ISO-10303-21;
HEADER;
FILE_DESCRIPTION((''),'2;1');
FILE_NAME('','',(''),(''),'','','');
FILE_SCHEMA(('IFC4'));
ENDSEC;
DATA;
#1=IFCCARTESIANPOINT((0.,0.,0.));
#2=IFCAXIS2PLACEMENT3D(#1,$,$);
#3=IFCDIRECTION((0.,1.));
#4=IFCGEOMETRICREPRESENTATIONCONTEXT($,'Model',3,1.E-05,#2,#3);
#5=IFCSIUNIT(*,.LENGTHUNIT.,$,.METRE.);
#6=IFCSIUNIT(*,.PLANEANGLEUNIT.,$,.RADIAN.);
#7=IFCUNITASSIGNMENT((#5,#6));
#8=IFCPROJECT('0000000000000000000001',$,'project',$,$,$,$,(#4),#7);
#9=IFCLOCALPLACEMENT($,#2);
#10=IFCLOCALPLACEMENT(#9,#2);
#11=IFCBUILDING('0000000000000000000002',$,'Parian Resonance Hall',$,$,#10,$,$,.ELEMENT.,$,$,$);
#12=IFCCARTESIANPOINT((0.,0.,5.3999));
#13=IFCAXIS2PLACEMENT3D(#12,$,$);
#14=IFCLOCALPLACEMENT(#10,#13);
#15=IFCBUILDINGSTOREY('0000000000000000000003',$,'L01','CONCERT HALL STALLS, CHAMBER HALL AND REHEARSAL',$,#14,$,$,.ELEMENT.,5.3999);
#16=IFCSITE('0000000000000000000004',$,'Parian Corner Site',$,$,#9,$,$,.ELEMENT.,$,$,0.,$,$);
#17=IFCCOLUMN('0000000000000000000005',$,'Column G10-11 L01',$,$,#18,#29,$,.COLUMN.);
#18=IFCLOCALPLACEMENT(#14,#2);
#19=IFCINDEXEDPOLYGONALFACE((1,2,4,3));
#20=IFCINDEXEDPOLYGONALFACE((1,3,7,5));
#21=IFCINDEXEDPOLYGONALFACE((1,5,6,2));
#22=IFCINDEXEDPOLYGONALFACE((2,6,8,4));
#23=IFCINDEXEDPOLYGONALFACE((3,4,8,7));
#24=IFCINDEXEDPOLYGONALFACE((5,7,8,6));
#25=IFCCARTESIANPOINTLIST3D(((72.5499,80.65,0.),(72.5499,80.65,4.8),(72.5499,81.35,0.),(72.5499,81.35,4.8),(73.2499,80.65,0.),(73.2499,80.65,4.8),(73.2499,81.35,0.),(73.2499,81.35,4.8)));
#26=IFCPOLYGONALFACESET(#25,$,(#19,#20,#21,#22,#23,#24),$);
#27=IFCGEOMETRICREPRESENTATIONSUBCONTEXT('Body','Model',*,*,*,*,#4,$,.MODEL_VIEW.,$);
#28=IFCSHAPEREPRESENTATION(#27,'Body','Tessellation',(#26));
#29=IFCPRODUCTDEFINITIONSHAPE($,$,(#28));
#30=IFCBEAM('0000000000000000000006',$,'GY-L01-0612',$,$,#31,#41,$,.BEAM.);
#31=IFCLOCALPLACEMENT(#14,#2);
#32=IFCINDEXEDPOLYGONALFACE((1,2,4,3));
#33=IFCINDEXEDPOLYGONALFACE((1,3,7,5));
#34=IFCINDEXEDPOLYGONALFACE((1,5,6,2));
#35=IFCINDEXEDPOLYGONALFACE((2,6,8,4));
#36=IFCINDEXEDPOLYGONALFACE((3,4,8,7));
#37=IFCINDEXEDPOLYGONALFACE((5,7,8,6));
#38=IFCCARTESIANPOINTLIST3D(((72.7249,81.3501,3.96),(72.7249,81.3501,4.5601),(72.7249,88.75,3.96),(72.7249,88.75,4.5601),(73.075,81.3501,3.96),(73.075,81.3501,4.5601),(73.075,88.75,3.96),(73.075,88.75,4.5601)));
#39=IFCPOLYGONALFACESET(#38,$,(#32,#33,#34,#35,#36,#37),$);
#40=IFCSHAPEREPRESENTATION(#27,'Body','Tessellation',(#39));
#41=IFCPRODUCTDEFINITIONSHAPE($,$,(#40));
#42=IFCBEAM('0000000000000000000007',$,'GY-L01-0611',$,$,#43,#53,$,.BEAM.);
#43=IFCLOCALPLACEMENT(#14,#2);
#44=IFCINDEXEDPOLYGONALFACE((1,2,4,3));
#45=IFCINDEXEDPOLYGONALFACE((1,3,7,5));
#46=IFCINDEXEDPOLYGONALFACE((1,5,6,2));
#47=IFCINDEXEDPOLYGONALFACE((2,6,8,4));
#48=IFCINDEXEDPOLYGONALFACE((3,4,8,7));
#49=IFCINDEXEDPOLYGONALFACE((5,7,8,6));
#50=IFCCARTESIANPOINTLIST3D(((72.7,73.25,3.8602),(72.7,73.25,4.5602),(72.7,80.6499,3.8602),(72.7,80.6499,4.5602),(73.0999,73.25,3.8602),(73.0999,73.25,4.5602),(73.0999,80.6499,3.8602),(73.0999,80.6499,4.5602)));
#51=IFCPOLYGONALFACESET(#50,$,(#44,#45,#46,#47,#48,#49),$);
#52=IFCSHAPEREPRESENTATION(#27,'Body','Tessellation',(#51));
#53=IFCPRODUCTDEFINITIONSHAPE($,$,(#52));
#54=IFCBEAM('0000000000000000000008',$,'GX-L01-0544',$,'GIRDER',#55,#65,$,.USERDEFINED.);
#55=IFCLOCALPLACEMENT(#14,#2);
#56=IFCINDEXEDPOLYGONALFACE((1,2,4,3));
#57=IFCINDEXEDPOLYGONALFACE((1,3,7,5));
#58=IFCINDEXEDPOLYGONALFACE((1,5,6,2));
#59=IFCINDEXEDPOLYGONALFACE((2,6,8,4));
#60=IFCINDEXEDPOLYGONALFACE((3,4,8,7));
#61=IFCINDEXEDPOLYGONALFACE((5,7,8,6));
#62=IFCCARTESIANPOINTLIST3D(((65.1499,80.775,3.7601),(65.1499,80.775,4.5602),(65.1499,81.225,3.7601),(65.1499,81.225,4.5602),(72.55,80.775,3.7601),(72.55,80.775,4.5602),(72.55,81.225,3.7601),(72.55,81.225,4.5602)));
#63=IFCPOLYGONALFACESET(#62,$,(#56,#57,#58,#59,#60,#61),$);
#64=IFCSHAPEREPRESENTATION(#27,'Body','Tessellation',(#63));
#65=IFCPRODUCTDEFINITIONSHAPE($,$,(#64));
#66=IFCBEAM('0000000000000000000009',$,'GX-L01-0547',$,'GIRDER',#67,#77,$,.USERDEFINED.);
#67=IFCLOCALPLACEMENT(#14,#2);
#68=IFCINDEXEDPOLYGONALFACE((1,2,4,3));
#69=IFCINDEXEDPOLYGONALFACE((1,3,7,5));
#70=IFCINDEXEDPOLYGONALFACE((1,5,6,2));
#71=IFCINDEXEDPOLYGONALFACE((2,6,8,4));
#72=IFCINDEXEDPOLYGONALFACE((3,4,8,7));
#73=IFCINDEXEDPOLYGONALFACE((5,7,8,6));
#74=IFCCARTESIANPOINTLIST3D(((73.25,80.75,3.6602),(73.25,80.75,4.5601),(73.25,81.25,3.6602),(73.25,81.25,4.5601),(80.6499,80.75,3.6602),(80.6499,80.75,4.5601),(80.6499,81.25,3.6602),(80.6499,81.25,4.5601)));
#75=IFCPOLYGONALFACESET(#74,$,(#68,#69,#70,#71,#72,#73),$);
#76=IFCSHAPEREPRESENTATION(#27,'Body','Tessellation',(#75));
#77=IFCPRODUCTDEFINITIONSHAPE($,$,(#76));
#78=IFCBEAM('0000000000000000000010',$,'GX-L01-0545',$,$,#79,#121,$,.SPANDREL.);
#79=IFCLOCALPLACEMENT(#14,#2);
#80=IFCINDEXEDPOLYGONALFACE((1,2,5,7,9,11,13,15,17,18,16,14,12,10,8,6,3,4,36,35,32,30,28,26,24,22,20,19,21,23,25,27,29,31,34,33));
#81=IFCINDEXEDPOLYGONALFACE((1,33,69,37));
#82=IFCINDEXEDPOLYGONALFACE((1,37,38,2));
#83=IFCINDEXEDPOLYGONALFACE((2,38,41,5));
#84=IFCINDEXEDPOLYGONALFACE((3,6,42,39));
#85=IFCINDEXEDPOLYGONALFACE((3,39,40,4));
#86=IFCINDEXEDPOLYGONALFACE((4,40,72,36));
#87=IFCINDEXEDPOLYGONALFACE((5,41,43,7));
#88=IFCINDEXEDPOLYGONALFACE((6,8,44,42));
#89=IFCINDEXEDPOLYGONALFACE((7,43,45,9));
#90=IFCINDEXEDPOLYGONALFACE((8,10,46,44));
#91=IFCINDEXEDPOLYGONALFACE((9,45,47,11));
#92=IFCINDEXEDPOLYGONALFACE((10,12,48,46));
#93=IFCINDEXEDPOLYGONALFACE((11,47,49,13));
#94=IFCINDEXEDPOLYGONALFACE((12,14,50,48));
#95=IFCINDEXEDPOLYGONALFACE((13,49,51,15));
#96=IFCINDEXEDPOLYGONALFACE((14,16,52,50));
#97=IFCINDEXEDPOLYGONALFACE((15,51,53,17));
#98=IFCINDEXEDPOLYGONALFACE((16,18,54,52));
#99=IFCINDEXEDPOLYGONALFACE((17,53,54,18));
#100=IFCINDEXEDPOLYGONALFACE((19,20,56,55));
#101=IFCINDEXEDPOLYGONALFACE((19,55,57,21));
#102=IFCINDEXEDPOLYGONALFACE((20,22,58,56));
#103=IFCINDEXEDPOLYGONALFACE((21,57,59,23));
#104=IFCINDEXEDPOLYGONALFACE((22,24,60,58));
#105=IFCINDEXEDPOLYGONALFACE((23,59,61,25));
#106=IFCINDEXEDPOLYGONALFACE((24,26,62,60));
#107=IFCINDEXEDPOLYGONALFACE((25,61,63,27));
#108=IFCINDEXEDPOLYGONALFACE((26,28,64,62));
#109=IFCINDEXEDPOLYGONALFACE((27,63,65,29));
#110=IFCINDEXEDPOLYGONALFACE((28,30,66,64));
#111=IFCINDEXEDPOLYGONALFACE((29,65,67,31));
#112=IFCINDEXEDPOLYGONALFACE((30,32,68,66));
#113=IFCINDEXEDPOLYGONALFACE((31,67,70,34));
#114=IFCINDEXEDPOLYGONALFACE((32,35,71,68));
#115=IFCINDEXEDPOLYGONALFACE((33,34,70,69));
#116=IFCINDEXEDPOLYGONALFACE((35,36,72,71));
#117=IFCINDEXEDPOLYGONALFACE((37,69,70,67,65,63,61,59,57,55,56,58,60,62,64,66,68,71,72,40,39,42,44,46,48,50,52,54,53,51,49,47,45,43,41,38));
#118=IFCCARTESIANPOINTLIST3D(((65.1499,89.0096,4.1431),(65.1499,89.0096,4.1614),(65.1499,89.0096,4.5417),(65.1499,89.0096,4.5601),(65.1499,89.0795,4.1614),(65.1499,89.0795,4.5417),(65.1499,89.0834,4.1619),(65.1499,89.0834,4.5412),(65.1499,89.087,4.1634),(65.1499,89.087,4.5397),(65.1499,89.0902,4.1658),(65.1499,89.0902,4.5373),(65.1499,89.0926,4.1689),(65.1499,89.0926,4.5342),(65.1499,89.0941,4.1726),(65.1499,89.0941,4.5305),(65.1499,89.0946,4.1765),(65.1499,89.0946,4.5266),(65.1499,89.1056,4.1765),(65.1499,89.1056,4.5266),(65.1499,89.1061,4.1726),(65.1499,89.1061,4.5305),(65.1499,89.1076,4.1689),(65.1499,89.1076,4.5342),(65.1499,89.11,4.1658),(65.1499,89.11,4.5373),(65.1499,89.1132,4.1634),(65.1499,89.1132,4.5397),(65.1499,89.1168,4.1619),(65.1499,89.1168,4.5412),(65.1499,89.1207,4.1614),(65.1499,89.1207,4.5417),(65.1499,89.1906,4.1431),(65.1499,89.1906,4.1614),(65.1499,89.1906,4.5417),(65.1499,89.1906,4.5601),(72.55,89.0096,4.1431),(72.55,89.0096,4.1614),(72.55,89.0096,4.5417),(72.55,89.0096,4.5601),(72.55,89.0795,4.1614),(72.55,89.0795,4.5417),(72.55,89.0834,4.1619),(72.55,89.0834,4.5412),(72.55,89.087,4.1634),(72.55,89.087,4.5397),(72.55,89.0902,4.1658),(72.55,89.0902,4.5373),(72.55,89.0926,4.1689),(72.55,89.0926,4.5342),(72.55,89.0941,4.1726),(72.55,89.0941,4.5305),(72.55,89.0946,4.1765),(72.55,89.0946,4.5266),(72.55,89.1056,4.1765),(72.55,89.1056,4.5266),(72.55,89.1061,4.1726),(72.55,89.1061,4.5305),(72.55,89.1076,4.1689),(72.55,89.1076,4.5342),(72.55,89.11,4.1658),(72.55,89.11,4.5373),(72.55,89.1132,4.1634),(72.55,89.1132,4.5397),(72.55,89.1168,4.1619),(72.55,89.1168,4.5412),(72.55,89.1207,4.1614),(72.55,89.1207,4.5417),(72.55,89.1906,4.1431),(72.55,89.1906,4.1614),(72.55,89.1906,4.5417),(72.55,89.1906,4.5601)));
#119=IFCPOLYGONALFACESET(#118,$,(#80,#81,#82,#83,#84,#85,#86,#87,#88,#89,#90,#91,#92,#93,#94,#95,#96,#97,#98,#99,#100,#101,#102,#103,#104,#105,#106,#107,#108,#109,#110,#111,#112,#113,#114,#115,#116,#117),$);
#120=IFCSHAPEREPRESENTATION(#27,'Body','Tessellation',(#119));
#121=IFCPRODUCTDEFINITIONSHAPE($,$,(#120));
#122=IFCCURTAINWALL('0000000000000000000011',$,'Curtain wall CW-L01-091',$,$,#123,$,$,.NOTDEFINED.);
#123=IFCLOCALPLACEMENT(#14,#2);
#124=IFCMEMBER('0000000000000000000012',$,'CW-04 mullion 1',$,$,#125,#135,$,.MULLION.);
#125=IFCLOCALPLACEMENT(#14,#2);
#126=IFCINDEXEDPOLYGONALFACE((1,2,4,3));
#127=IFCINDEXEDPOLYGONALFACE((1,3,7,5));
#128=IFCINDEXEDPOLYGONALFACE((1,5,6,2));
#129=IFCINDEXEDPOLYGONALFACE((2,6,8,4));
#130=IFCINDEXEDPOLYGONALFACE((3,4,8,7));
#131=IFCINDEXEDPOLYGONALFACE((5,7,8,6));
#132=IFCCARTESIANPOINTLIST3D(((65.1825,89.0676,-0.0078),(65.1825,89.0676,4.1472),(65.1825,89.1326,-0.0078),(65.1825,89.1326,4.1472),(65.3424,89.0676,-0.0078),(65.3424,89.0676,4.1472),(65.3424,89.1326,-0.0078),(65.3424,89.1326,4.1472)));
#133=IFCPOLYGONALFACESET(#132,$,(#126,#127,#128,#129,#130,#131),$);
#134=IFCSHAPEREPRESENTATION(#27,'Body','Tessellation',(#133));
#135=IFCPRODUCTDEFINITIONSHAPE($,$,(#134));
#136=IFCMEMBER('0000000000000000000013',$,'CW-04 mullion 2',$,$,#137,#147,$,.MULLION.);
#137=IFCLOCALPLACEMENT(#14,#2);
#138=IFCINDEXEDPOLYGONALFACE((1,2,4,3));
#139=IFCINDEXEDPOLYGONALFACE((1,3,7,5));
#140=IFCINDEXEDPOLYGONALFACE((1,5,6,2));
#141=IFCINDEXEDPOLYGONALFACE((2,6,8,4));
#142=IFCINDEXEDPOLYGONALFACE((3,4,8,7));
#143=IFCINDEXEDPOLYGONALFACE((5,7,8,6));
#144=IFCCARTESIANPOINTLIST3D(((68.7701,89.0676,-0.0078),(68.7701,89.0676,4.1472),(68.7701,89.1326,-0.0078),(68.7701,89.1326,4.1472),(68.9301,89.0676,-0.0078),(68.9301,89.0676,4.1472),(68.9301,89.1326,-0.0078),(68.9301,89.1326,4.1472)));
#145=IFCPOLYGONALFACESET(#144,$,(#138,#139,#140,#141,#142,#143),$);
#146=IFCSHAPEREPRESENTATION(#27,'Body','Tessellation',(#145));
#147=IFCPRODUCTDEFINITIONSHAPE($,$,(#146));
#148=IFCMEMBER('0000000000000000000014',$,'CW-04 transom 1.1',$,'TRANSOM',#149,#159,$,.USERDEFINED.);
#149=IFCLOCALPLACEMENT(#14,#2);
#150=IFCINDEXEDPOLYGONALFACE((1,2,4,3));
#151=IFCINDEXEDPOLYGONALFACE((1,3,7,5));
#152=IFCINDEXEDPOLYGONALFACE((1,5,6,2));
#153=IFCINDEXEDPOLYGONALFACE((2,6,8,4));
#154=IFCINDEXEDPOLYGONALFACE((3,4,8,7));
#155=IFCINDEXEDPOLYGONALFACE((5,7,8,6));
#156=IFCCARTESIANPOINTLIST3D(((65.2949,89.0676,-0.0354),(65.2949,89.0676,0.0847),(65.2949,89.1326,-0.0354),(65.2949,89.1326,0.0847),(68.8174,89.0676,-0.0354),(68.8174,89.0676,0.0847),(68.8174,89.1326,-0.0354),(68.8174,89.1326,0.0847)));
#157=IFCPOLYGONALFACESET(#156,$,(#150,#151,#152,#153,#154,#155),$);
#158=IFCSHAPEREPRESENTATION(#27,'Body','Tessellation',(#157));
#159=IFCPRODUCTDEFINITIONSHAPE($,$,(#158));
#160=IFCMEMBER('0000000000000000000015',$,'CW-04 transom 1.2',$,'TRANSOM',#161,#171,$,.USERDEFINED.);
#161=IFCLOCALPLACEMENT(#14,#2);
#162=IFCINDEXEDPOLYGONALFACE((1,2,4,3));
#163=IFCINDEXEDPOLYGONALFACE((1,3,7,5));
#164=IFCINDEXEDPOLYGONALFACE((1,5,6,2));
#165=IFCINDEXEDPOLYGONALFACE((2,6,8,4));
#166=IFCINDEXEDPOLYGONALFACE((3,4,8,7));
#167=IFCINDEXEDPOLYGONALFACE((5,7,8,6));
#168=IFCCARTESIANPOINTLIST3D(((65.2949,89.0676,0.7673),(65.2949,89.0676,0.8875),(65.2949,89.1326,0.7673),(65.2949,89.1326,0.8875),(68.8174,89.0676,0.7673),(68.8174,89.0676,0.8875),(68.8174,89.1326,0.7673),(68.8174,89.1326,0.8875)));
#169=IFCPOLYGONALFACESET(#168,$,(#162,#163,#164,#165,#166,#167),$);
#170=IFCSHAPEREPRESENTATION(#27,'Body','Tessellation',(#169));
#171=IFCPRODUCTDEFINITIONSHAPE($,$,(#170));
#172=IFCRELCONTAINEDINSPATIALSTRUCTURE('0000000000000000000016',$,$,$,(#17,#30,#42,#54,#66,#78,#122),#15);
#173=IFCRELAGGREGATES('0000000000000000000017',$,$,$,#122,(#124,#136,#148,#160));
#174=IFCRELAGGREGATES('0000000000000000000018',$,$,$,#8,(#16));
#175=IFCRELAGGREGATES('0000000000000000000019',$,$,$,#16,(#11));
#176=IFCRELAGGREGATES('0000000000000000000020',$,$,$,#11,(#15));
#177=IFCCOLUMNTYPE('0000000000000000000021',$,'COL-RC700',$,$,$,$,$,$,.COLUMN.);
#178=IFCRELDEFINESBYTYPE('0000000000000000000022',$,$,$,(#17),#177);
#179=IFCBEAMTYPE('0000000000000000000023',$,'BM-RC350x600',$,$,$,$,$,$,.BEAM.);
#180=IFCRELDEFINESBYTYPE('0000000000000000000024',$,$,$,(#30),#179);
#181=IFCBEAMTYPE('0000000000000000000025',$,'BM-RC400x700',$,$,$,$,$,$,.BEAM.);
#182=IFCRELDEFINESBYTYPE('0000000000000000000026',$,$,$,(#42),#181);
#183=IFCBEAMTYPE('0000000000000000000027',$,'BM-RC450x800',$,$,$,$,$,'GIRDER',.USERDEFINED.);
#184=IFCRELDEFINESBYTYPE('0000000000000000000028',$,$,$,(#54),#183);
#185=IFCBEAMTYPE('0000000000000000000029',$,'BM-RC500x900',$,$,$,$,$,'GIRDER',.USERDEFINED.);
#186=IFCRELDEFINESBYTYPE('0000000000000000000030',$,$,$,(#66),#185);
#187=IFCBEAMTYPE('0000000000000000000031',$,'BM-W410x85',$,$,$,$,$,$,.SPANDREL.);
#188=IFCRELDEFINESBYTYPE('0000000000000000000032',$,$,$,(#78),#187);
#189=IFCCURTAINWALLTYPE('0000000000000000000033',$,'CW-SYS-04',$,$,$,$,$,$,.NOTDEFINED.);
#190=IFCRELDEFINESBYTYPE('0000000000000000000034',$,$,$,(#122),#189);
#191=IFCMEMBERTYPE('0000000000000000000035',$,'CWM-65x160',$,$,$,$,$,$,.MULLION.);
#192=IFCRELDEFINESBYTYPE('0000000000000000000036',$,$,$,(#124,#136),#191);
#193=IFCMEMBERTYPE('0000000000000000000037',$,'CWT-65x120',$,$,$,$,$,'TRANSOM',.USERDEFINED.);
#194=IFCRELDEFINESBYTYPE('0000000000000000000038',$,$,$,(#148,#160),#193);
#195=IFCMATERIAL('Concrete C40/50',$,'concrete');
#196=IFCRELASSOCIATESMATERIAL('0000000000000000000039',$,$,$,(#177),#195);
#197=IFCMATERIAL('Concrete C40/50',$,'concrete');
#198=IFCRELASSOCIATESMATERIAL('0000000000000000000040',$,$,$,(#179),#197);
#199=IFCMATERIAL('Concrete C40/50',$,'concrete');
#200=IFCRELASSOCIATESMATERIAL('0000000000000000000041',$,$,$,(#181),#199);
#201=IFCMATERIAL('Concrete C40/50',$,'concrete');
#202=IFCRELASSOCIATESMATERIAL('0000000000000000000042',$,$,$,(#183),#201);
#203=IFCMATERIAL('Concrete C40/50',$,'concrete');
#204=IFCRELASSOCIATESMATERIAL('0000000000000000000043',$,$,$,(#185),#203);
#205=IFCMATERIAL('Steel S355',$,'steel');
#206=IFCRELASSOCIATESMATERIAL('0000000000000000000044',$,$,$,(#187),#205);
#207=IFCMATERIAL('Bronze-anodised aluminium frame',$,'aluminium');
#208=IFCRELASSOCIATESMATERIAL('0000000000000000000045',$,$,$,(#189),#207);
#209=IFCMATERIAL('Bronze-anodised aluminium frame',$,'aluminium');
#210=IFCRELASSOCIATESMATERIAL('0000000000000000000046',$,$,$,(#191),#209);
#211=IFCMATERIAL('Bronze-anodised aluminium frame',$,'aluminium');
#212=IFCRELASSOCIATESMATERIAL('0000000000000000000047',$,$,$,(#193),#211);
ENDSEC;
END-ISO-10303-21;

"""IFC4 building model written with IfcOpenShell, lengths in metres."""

from ifc_helpers import new_model, si_unit, direction, frame, origin, origin_2d, place, context, subcontext, project, spatial, rectangle, i_section, extrude, material, material_profile, profile_set, type_object, element, aggregate, save


model = new_model("IFC4")

# Units and contexts
model_context = context("Model", 3, precision=1e-05, world=origin(), true_north=direction((0.0, 1.0)))
body_context = subcontext(model_context, "Body", "Model", "MODEL_VIEW")
ifc_project = project(units=[si_unit("LENGTHUNIT", "METRE"), si_unit("PLANEANGLEUNIT", "RADIAN")], contexts=[model_context])

# Site, building, storey
site_placement = place(None, origin())
site = spatial("IfcSite", under=ifc_project, at=site_placement, Name="Parian Corner Site", CompositionType="ELEMENT", RefElevation=0.0)
building_placement = place(site_placement, origin())
building = spatial("IfcBuilding", under=site, at=building_placement, Name="Parian Resonance Hall", CompositionType="ELEMENT")
storey_placement = place(building_placement, frame((0.0, 0.0, 5.3999)))
storey = spatial("IfcBuildingStorey", under=building, at=storey_placement, Name="L01", Description="CONCERT HALL STALLS, CHAMBER HALL AND REHEARSAL", CompositionType="ELEMENT", Elevation=5.3999)

# Column
ifc_material_1 = material(Name="Concrete C40/50", Category="concrete")
ifc_material_profile_1 = material_profile(ifc_material_1, rectangle(XDim=0.7, YDim=0.7, at=origin_2d()), Name="RC-COL-700x700")
ifc_profile_set_1 = profile_set([ifc_material_profile_1], Name="Concrete C40/50")
column_type = type_object("IfcColumnType", Name="COL-RC700", PredefinedType="COLUMN", material=ifc_profile_set_1)
column_placement = place(storey_placement, frame((72.8999, 81.0, 0.0), z_axis=(0.0, 0.0, 1.0), x_axis=(1.0, 0.0, 0.0)))
element("IfcColumn", 1, at=column_placement, inside=storey, type_object=column_type, Name="Column G10-11 L01", PredefinedType="COLUMN", context=body_context, shape_type="SweptSolid", body=[
    extrude(rectangle(XDim=0.7, YDim=0.7, at=origin_2d()), origin(), (0.0, 0.0, 1.0), 4.8),
])

# Beams
ifc_material_2 = material(Name="Concrete C40/50", Category="concrete")
ifc_material_profile_2 = material_profile(ifc_material_2, rectangle(XDim=0.3501, YDim=0.6001, at=origin_2d()), Name="RC-BM-350x600")
ifc_profile_set_2 = profile_set([ifc_material_profile_2], Name="Concrete C40/50")
beam_type_1 = type_object("IfcBeamType", Name="BM-RC350x600", PredefinedType="BEAM", material=ifc_profile_set_2)
beam_1_placement = place(storey_placement, frame((72.8999, 81.3501, 4.26), z_axis=(0.0, 1.0, 0.0), x_axis=(-1.0, 0.0, 0.0)))
element("IfcBeam", 2, at=beam_1_placement, inside=storey, type_object=beam_type_1, Name="GY-L01-0612", PredefinedType="BEAM", context=body_context, shape_type="SweptSolid", body=[
    extrude(rectangle(XDim=0.3501, YDim=0.6001, at=origin_2d()), origin(), (0.0, 0.0, 1.0), 7.3999),
])
ifc_material_3 = material(Name="Concrete C40/50", Category="concrete")
ifc_material_profile_3 = material_profile(ifc_material_3, rectangle(XDim=0.3999, YDim=0.7, at=origin_2d()), Name="RC-BM-400x700")
ifc_profile_set_3 = profile_set([ifc_material_profile_3], Name="Concrete C40/50")
beam_type_2 = type_object("IfcBeamType", Name="BM-RC400x700", PredefinedType="BEAM", material=ifc_profile_set_3)
beam_2_placement = place(storey_placement, frame((72.8999, 73.25, 4.2102), z_axis=(0.0, 1.0, 0.0), x_axis=(-1.0, 0.0, 0.0)))
element("IfcBeam", 3, at=beam_2_placement, inside=storey, type_object=beam_type_2, Name="GY-L01-0611", PredefinedType="BEAM", context=body_context, shape_type="SweptSolid", body=[
    extrude(rectangle(XDim=0.3999, YDim=0.7, at=origin_2d()), origin(), (0.0, 0.0, 1.0), 7.3999),
])
ifc_material_4 = material(Name="Concrete C40/50", Category="concrete")
ifc_material_profile_4 = material_profile(ifc_material_4, rectangle(XDim=0.45, YDim=0.8, at=origin_2d()), Name="RC-BM-450x800")
ifc_profile_set_4 = profile_set([ifc_material_profile_4], Name="Concrete C40/50")
beam_type_3 = type_object("IfcBeamType", Name="BM-RC450x800", ElementType="GIRDER", PredefinedType="USERDEFINED", material=ifc_profile_set_4)
beam_3_placement = place(storey_placement, frame((65.1499, 81.0, 4.1602), z_axis=(1.0, 0.0, 0.0), x_axis=(0.0, 1.0, 0.0)))
element("IfcBeam", 4, at=beam_3_placement, inside=storey, type_object=beam_type_3, Name="GX-L01-0544", ObjectType="GIRDER", PredefinedType="USERDEFINED", context=body_context, shape_type="SweptSolid", body=[
    extrude(rectangle(XDim=0.45, YDim=0.8, at=origin_2d()), origin(), (0.0, 0.0, 1.0), 7.4001),
])
ifc_material_5 = material(Name="Concrete C40/50", Category="concrete")
ifc_material_profile_5 = material_profile(ifc_material_5, rectangle(XDim=0.5, YDim=0.8999, at=origin_2d()), Name="RC-BM-500x900")
ifc_profile_set_5 = profile_set([ifc_material_profile_5], Name="Concrete C40/50")
beam_type_4 = type_object("IfcBeamType", Name="BM-RC500x900", ElementType="GIRDER", PredefinedType="USERDEFINED", material=ifc_profile_set_5)
beam_4_placement = place(storey_placement, frame((73.25, 81.0, 4.1101), z_axis=(1.0, 0.0, 0.0), x_axis=(0.0, 1.0, 0.0)))
element("IfcBeam", 5, at=beam_4_placement, inside=storey, type_object=beam_type_4, Name="GX-L01-0547", ObjectType="GIRDER", PredefinedType="USERDEFINED", context=body_context, shape_type="SweptSolid", body=[
    extrude(rectangle(XDim=0.5, YDim=0.8999, at=origin_2d()), origin(), (0.0, 0.0, 1.0), 7.3999),
])
ifc_material_6 = material(Name="Steel S355", Category="steel")
ifc_material_profile_6 = material_profile(ifc_material_6, i_section(OverallWidth=0.1809, OverallDepth=0.417, WebThickness=0.011, FlangeThickness=0.0183, FilletRadius=0.0151, at=origin_2d()), Name="W410x85")
ifc_profile_set_6 = profile_set([ifc_material_profile_6], Name="Steel S355")
beam_type_5 = type_object("IfcBeamType", Name="BM-W410x85", PredefinedType="SPANDREL", material=ifc_profile_set_6)
beam_5_placement = place(storey_placement, frame((65.1499, 89.1001, 4.3516), z_axis=(1.0, 0.0, 0.0), x_axis=(0.0, 1.0, 0.0)))
element("IfcBeam", 6, at=beam_5_placement, inside=storey, type_object=beam_type_5, Name="GX-L01-0545", PredefinedType="SPANDREL", context=body_context, shape_type="SweptSolid", body=[
    extrude(i_section(OverallWidth=0.1809, OverallDepth=0.417, WebThickness=0.011, FlangeThickness=0.0183, FilletRadius=0.0151, at=origin_2d()), origin(), (0.0, 0.0, 1.0), 7.4001),
])

# Curtain wall, members
ifc_material_7 = material(Name="Bronze-anodised aluminium frame", Category="aluminium")
curtain_wall_type = type_object("IfcCurtainWallType", Name="CW-SYS-04", PredefinedType="NOTDEFINED", material=ifc_material_7)
curtain_wall_placement = place(storey_placement, origin())
curtain_wall = element("IfcCurtainWall", 7, at=curtain_wall_placement, inside=storey, type_object=curtain_wall_type, Name="Curtain wall CW-L01-091", PredefinedType="NOTDEFINED")
ifc_material_8 = material(Name="Bronze-anodised aluminium frame", Category="aluminium")
ifc_material_profile_7 = material_profile(ifc_material_8, rectangle(XDim=0.0649, YDim=0.1599, at=origin_2d()), Name="CWM-65x160")
ifc_profile_set_7 = profile_set([ifc_material_profile_7], Name="Bronze-anodised aluminium frame")
member_type_1 = type_object("IfcMemberType", Name="CWM-65x160", PredefinedType="MULLION", material=ifc_profile_set_7)
member_1_placement = place(storey_placement, frame((65.2625, 89.1001, -0.0078), z_axis=(0.0, 0.0, 1.0), x_axis=(0.0, 1.0, 0.0)))
member_1 = element("IfcMember", 8, at=member_1_placement, type_object=member_type_1, Name="CW-04 mullion 1", PredefinedType="MULLION", context=body_context, shape_type="SweptSolid", body=[
    extrude(rectangle(XDim=0.0649, YDim=0.1599, at=origin_2d()), origin(), (0.0, 0.0, 1.0), 4.155),
])
member_2_placement = place(storey_placement, frame((68.8501, 89.1001, -0.0078), z_axis=(0.0, 0.0, 1.0), x_axis=(0.0, 1.0, 0.0)))
member_2 = element("IfcMember", 9, at=member_2_placement, type_object=member_type_1, Name="CW-04 mullion 2", PredefinedType="MULLION", context=body_context, shape_type="SweptSolid", body=[
    extrude(rectangle(XDim=0.0649, YDim=0.1599, at=origin_2d()), origin(), (0.0, 0.0, 1.0), 4.155),
])
ifc_material_9 = material(Name="Bronze-anodised aluminium frame", Category="aluminium")
ifc_material_profile_8 = material_profile(ifc_material_9, rectangle(XDim=0.0649, YDim=0.1201, at=origin_2d()), Name="CWT-65x120")
ifc_profile_set_8 = profile_set([ifc_material_profile_8], Name="Bronze-anodised aluminium frame")
member_type_2 = type_object("IfcMemberType", Name="CWT-65x120", ElementType="TRANSOM", PredefinedType="USERDEFINED", material=ifc_profile_set_8)
member_3_placement = place(storey_placement, frame((65.2949, 89.1001, 0.0247), z_axis=(1.0, 0.0, 0.0), x_axis=(0.0, 1.0, 0.0)))
member_3 = element("IfcMember", 10, at=member_3_placement, type_object=member_type_2, Name="CW-04 transom 1.1", ObjectType="TRANSOM", PredefinedType="USERDEFINED", context=body_context, shape_type="SweptSolid", body=[
    extrude(rectangle(XDim=0.0649, YDim=0.1201, at=origin_2d()), origin(), (0.0, 0.0, 1.0), 3.5225),
])
member_4_placement = place(storey_placement, frame((65.2949, 89.1001, 0.8274), z_axis=(1.0, 0.0, 0.0), x_axis=(0.0, 1.0, 0.0)))
member_4 = element("IfcMember", 11, at=member_4_placement, type_object=member_type_2, Name="CW-04 transom 1.2", ObjectType="TRANSOM", PredefinedType="USERDEFINED", context=body_context, shape_type="SweptSolid", body=[
    extrude(rectangle(XDim=0.0649, YDim=0.1201, at=origin_2d()), origin(), (0.0, 0.0, 1.0), 3.5225),
])
aggregate(curtain_wall, [member_1, member_2, member_3, member_4])

save(model, "model.ifc")
